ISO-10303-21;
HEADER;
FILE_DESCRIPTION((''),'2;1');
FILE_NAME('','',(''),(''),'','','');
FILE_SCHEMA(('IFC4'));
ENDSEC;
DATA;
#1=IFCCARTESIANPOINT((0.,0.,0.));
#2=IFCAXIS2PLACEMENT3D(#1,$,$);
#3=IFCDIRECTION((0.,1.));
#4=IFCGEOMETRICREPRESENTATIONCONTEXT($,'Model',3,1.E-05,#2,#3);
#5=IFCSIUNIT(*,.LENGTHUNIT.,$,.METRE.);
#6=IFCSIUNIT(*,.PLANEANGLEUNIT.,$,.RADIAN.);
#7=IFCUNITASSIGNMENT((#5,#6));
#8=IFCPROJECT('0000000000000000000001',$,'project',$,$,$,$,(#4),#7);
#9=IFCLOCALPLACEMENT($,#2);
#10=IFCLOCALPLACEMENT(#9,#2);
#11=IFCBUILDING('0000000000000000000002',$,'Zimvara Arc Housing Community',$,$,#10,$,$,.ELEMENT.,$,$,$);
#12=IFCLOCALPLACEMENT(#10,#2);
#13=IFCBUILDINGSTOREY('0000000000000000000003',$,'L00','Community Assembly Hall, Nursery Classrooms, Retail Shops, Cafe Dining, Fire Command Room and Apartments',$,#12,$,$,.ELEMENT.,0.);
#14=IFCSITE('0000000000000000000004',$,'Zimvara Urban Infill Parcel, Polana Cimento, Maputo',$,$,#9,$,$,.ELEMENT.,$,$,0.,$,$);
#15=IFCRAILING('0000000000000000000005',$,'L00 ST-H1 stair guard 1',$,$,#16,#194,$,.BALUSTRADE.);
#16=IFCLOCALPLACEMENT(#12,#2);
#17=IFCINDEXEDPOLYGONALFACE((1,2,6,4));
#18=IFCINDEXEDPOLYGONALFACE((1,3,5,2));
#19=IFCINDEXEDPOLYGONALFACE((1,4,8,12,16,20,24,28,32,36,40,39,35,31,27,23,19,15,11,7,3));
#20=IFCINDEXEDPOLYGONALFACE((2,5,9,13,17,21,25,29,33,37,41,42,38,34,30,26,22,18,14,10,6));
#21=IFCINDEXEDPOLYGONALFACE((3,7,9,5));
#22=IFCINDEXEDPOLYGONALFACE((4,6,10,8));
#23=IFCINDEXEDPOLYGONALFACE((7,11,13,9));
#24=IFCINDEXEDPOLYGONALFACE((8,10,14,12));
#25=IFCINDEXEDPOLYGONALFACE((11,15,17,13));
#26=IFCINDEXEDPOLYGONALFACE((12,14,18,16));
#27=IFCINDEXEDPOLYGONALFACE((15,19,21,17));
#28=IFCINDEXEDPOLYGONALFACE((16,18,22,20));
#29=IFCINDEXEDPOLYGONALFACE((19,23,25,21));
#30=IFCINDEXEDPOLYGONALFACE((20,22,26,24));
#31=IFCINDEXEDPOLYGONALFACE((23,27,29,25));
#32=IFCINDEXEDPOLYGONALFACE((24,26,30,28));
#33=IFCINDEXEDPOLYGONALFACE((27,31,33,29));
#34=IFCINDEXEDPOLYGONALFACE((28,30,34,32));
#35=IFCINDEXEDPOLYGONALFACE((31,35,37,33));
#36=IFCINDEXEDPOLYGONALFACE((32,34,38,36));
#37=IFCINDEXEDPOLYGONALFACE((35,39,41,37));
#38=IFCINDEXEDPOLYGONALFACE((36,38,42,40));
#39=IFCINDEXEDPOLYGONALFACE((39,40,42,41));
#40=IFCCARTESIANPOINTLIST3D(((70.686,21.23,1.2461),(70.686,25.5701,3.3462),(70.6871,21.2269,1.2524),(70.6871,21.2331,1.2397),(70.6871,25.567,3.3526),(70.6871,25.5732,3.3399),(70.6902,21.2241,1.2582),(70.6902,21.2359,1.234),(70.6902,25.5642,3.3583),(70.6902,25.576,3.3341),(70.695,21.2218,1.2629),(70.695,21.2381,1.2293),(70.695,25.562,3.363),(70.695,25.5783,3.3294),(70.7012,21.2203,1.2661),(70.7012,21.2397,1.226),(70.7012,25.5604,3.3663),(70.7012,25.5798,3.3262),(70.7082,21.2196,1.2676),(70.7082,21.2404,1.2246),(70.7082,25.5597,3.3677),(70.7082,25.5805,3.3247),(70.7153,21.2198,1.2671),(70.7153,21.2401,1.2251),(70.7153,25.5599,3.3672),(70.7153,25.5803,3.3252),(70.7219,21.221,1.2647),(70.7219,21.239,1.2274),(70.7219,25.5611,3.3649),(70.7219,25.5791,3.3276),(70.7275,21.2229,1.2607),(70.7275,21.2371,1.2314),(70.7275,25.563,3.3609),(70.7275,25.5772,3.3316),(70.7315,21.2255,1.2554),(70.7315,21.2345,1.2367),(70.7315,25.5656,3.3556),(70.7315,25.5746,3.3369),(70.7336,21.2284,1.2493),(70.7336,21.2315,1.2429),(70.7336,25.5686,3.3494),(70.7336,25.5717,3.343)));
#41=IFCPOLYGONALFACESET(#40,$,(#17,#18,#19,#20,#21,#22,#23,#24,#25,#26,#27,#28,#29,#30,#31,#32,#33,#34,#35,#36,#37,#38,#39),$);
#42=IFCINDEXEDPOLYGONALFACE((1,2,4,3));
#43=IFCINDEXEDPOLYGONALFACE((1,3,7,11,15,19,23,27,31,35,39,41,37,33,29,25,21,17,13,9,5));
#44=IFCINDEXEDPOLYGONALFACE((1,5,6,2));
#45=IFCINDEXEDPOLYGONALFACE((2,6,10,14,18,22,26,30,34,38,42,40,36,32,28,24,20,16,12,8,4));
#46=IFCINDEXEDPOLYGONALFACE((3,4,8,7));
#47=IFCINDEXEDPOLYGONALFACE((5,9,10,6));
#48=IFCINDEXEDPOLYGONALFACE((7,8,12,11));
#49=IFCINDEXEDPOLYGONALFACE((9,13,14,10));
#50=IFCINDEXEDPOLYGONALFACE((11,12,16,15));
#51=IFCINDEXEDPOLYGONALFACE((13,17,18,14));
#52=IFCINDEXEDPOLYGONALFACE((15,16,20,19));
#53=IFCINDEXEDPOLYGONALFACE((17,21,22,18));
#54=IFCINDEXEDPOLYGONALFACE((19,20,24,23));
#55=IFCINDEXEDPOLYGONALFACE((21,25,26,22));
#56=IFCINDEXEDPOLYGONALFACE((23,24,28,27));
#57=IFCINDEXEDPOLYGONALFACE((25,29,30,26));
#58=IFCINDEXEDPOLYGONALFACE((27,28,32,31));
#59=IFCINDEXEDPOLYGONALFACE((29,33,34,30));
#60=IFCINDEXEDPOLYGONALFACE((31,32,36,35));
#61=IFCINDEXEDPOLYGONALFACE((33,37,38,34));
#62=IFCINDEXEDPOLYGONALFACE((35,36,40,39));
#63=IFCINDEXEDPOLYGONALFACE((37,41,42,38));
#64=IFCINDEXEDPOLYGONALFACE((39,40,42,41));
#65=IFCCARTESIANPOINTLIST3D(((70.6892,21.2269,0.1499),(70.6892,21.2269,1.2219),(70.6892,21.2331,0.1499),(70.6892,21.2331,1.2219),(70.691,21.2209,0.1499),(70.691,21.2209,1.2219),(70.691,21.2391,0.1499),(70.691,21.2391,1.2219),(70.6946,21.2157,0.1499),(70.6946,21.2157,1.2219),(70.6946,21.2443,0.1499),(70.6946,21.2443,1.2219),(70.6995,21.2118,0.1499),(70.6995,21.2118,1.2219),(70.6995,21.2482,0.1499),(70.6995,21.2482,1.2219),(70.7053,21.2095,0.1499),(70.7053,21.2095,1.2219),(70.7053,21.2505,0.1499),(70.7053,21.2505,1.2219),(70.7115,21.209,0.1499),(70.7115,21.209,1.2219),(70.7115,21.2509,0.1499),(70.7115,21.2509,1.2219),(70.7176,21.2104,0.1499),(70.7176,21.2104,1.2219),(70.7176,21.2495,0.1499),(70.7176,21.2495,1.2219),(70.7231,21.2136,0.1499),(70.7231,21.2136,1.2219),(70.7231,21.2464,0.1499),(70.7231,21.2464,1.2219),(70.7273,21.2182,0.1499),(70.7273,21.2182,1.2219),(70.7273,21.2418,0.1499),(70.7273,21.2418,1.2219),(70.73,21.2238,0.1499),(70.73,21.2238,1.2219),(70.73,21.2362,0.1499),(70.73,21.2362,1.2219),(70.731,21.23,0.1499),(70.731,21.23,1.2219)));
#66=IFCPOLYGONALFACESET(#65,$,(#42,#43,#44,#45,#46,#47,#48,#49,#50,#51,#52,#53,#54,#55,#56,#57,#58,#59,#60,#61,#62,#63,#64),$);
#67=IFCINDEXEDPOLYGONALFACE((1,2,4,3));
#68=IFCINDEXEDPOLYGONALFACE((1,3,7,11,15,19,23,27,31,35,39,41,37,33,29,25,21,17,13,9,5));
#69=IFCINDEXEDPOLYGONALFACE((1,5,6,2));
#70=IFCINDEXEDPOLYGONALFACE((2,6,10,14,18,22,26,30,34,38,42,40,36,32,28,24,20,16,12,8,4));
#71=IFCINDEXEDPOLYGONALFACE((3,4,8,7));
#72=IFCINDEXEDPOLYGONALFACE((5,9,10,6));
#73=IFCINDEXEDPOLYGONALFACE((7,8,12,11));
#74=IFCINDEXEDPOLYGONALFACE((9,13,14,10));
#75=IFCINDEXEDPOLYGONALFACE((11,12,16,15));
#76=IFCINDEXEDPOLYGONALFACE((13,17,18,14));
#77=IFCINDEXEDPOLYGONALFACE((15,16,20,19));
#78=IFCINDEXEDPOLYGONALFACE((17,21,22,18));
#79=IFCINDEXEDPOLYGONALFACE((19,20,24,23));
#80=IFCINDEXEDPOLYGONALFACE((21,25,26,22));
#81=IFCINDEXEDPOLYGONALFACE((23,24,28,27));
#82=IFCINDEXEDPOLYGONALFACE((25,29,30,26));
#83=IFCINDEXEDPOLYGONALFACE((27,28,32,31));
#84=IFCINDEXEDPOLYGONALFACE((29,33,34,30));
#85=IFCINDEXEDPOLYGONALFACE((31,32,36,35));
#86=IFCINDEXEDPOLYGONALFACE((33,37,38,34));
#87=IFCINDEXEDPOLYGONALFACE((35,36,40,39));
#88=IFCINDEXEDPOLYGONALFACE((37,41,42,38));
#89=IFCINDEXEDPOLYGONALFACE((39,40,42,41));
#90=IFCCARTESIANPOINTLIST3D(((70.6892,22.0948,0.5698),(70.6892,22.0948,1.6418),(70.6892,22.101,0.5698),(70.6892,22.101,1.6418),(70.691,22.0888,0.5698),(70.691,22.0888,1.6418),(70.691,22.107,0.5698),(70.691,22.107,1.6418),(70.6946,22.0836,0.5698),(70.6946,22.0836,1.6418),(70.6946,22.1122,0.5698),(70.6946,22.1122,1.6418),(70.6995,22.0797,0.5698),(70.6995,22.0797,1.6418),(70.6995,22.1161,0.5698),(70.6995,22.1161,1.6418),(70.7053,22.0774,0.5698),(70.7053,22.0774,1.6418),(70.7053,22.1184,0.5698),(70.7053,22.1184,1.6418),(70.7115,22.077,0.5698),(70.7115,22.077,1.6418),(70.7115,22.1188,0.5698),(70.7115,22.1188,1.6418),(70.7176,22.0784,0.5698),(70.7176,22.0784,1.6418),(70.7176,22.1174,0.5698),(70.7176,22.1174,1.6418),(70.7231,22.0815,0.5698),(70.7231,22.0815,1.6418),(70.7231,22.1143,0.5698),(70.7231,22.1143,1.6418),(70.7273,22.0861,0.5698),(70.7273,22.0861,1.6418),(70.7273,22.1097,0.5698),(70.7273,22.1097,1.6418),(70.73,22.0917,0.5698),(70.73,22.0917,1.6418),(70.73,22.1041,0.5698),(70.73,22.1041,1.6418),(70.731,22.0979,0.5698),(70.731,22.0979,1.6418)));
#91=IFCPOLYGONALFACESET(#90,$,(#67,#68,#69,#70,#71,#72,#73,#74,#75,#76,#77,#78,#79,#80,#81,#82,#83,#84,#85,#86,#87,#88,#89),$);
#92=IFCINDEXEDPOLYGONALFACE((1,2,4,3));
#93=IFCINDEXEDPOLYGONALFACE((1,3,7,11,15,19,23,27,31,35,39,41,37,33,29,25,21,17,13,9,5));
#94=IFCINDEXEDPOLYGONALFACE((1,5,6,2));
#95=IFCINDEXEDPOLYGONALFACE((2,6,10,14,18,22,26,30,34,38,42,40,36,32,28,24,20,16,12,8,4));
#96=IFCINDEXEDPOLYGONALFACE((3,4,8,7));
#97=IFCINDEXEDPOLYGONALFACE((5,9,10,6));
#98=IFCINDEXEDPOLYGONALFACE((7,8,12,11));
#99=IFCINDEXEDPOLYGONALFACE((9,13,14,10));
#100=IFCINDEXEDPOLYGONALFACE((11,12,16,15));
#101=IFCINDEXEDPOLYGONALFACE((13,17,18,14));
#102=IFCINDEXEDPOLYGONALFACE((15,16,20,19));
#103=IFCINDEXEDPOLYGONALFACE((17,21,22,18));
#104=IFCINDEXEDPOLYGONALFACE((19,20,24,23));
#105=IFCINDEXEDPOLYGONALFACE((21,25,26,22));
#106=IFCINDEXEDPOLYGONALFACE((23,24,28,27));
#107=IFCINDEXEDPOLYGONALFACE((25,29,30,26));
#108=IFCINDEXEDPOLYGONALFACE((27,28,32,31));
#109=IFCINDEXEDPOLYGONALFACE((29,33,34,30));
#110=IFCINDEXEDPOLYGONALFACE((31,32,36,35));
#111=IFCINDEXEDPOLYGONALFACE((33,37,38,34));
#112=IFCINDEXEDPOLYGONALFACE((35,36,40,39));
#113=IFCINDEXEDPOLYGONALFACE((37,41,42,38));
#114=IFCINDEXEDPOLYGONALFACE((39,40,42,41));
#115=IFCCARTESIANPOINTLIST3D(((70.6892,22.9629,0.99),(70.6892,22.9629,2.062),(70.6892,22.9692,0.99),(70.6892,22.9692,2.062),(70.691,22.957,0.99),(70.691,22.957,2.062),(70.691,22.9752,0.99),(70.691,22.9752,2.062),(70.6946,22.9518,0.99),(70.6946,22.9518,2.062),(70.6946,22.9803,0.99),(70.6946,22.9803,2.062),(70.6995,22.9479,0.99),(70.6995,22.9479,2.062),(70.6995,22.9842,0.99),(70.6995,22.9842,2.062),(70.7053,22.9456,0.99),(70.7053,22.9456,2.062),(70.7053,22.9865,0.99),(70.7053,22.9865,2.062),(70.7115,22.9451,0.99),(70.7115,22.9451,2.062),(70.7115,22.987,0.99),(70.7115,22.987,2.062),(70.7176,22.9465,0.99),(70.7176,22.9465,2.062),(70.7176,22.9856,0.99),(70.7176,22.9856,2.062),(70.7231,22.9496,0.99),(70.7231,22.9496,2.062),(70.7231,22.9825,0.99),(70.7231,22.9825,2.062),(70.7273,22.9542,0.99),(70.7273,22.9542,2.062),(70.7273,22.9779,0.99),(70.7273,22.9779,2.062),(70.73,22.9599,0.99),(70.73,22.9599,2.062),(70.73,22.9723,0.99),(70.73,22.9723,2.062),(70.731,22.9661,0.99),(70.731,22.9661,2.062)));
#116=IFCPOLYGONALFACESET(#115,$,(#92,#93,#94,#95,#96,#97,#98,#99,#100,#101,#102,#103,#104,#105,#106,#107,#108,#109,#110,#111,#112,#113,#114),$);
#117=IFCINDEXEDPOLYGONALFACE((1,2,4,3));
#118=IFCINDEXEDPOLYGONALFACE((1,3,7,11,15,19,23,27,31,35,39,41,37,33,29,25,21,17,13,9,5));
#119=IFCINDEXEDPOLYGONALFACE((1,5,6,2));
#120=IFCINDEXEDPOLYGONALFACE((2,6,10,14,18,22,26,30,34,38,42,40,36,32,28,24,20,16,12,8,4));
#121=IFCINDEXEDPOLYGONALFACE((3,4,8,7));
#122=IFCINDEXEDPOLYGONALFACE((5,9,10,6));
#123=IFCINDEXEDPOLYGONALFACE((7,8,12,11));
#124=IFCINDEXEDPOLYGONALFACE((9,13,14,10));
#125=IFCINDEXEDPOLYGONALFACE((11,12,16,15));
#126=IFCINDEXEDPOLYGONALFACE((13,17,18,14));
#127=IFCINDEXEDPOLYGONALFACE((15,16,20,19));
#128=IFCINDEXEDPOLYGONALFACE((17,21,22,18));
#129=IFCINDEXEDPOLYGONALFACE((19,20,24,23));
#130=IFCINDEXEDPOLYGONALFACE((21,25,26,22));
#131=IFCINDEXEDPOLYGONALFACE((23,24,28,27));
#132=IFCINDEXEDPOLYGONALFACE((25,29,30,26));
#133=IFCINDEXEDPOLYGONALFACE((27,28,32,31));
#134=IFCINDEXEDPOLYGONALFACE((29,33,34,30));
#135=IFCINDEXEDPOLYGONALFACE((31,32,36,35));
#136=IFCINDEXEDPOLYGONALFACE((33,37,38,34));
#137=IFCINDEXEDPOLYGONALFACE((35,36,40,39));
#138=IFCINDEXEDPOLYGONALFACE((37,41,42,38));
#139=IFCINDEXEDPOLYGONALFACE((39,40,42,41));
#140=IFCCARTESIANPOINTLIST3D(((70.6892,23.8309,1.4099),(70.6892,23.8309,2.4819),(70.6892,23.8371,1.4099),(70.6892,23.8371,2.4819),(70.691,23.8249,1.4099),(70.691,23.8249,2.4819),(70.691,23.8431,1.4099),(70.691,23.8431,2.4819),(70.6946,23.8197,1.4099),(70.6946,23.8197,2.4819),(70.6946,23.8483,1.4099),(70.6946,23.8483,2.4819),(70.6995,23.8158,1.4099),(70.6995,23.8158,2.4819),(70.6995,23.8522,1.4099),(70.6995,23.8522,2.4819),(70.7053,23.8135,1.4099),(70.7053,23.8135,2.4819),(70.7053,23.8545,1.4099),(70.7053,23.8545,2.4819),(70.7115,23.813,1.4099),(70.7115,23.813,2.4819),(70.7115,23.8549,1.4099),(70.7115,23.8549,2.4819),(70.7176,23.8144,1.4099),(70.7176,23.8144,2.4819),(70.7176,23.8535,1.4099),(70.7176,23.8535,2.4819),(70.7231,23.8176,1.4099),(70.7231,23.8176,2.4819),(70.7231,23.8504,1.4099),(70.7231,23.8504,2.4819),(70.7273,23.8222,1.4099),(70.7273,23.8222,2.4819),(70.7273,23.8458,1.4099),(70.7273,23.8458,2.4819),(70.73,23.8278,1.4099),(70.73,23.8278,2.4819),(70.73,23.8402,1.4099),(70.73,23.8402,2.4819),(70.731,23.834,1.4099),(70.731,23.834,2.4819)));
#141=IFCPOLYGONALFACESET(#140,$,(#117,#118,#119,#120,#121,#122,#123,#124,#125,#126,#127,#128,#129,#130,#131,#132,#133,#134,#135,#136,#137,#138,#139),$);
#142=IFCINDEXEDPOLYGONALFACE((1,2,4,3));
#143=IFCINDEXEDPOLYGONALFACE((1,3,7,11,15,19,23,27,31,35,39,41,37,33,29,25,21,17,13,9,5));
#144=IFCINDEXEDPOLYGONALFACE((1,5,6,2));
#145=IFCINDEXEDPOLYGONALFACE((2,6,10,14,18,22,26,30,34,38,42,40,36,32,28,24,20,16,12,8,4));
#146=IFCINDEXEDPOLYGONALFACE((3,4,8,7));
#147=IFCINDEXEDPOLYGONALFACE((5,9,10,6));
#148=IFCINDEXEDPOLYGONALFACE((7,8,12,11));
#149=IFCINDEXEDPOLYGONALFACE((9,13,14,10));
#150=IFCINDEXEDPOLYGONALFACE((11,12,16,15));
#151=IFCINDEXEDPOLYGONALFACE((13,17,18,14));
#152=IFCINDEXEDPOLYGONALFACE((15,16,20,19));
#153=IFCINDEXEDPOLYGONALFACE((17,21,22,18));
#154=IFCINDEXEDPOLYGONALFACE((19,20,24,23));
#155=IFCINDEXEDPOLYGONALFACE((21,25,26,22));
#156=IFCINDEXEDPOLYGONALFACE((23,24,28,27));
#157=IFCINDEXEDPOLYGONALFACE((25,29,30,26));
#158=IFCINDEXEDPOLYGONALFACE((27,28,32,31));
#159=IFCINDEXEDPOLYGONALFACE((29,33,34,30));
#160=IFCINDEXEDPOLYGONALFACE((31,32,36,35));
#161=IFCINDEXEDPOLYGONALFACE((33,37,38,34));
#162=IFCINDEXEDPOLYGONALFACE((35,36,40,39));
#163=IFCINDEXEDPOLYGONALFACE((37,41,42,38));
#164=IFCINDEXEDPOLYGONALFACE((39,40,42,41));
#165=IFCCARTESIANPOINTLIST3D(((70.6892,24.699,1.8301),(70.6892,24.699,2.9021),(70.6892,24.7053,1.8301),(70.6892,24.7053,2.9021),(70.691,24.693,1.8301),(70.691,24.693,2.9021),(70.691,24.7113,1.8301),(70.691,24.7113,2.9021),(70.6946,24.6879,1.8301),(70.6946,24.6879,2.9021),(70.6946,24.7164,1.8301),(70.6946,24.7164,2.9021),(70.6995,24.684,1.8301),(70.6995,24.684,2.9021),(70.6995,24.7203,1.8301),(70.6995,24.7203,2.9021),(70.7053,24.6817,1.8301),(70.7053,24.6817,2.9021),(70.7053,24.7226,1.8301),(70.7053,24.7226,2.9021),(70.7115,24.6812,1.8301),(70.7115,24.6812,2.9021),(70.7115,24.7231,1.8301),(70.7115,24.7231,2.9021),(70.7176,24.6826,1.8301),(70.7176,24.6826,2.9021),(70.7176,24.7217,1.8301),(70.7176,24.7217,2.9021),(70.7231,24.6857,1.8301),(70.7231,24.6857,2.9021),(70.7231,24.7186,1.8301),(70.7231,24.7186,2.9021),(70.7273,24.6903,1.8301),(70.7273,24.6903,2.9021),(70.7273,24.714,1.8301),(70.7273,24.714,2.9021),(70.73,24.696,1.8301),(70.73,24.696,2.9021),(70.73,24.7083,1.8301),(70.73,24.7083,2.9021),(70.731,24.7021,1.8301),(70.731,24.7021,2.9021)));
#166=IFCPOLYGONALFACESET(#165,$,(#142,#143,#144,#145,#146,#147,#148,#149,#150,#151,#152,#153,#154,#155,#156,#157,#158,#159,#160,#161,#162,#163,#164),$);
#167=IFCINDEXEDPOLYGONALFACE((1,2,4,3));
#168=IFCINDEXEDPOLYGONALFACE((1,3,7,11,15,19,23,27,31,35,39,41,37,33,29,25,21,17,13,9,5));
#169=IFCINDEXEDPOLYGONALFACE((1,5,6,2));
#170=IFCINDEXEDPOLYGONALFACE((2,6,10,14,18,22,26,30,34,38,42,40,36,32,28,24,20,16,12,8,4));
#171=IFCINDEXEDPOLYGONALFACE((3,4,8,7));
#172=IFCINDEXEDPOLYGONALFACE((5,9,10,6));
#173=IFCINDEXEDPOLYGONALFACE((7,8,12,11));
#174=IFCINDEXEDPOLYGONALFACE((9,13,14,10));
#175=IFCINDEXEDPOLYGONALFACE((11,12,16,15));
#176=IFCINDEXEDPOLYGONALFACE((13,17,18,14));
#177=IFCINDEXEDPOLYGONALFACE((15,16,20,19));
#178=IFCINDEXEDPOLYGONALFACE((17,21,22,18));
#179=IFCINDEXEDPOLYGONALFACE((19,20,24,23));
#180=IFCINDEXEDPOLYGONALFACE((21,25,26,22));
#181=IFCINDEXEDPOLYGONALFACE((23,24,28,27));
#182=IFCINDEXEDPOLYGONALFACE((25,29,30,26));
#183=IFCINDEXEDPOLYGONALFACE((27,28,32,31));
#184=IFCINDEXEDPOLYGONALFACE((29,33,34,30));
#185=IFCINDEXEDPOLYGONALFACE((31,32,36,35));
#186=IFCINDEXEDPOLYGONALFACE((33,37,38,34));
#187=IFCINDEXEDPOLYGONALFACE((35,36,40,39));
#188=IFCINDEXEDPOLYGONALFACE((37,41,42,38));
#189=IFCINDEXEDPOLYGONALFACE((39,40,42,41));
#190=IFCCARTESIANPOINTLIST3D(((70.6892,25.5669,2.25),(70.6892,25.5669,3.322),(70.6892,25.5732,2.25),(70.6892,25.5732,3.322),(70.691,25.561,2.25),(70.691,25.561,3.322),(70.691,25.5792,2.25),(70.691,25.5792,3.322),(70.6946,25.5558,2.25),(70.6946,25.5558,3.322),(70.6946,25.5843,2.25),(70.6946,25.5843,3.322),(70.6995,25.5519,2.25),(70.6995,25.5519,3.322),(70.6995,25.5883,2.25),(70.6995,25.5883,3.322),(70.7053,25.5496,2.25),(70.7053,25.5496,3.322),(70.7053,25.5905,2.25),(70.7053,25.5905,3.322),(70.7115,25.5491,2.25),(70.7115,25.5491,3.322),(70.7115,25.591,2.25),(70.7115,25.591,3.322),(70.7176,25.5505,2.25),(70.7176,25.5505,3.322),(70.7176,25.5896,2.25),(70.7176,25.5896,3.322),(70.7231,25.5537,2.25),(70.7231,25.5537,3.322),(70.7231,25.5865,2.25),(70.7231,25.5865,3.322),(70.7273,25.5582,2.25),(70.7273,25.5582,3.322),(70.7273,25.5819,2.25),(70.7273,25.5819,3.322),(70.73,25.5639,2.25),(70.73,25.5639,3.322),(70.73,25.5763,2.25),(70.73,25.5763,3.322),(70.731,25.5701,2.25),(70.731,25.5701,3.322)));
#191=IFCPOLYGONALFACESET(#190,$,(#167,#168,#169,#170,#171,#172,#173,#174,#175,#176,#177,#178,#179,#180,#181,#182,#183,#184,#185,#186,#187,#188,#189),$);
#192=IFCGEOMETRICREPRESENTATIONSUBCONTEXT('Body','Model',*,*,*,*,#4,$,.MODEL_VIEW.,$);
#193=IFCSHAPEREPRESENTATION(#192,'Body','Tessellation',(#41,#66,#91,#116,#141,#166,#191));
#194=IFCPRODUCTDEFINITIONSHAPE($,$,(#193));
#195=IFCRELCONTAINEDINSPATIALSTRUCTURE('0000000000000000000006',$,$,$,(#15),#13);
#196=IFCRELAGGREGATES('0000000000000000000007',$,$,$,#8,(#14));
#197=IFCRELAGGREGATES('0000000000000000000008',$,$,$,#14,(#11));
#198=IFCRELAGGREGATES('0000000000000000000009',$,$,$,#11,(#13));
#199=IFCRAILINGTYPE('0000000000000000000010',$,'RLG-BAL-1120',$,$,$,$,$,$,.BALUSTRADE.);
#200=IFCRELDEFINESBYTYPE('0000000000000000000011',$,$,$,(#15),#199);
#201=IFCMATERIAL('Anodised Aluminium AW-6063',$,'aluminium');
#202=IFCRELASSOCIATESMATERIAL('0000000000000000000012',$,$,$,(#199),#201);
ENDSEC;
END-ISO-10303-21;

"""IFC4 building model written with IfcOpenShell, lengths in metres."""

from ifc_helpers import new_model, si_unit, direction, frame, origin, origin_2d, place, context, subcontext, project, spatial, circle, extrude, material, type_object, element, save


model = new_model("IFC4")

# Units and contexts
model_context = context("Model", 3, precision=1e-05, world=origin(), true_north=direction((0.0, 1.0)))
body_context = subcontext(model_context, "Body", "Model", "MODEL_VIEW")
ifc_project = project(units=[si_unit("LENGTHUNIT", "METRE"), si_unit("PLANEANGLEUNIT", "RADIAN")], contexts=[model_context])

# Site, building, storey
site_placement = place(None, origin())
site = spatial("IfcSite", under=ifc_project, at=site_placement, Name="Zimvara Urban Infill Parcel, Polana Cimento, Maputo", CompositionType="ELEMENT", RefElevation=0.0)
building_placement = place(site_placement, origin())
building = spatial("IfcBuilding", under=site, at=building_placement, Name="Zimvara Arc Housing Community", CompositionType="ELEMENT")
storey_placement = place(building_placement, origin())
storey = spatial("IfcBuildingStorey", under=building, at=storey_placement, Name="L00", Description="Community Assembly Hall, Nursery Classrooms, Retail Shops, Cafe Dining, Fire Command Room and Apartments", CompositionType="ELEMENT", Elevation=0.0)

# Railing
ifc_material_1 = material(Name="Anodised Aluminium AW-6063", Category="aluminium")
railing_type_1 = type_object("IfcRailingType", Name="RLG-BAL-1120", PredefinedType="BALUSTRADE", material=ifc_material_1)
railing_1_placement = place(storey_placement, frame((70.71, 21.23, 0.1499)))
element("IfcRailing", 1, at=railing_1_placement, inside=storey, type_object=railing_type_1, Name="L00 ST-H1 stair guard 1", PredefinedType="BALUSTRADE", context=body_context, shape_type="SweptSolid", body=[
    extrude(circle(Radius=0.0239, at=origin_2d()), frame((0.0, 0.0, 1.0962), z_axis=(0.0, 0.900155, 0.43557), x_axis=(-1.0, 0.0, 0.0)), (0.0, 0.0, 1.0), 4.8215),
    extrude(circle(Radius=0.021, at=origin_2d()), origin(), (0.0, 0.0, 1.0), 1.072),
    extrude(circle(Radius=0.021, at=origin_2d()), frame((0.0, 0.8679, 0.4199)), (0.0, 0.0, 1.0), 1.072),
    extrude(circle(Radius=0.021, at=origin_2d()), frame((0.0, 1.7361, 0.8401)), (0.0, 0.0, 1.0), 1.072),
    extrude(circle(Radius=0.021, at=origin_2d()), frame((0.0, 2.604, 1.26)), (0.0, 0.0, 1.0), 1.072),
    extrude(circle(Radius=0.021, at=origin_2d()), frame((0.0, 3.4722, 1.6802)), (0.0, 0.0, 1.0), 1.072),
    extrude(circle(Radius=0.021, at=origin_2d()), frame((0.0, 4.3401, 2.1001)), (0.0, 0.0, 1.0), 1.072),
])

save(model, "model.ifc")
